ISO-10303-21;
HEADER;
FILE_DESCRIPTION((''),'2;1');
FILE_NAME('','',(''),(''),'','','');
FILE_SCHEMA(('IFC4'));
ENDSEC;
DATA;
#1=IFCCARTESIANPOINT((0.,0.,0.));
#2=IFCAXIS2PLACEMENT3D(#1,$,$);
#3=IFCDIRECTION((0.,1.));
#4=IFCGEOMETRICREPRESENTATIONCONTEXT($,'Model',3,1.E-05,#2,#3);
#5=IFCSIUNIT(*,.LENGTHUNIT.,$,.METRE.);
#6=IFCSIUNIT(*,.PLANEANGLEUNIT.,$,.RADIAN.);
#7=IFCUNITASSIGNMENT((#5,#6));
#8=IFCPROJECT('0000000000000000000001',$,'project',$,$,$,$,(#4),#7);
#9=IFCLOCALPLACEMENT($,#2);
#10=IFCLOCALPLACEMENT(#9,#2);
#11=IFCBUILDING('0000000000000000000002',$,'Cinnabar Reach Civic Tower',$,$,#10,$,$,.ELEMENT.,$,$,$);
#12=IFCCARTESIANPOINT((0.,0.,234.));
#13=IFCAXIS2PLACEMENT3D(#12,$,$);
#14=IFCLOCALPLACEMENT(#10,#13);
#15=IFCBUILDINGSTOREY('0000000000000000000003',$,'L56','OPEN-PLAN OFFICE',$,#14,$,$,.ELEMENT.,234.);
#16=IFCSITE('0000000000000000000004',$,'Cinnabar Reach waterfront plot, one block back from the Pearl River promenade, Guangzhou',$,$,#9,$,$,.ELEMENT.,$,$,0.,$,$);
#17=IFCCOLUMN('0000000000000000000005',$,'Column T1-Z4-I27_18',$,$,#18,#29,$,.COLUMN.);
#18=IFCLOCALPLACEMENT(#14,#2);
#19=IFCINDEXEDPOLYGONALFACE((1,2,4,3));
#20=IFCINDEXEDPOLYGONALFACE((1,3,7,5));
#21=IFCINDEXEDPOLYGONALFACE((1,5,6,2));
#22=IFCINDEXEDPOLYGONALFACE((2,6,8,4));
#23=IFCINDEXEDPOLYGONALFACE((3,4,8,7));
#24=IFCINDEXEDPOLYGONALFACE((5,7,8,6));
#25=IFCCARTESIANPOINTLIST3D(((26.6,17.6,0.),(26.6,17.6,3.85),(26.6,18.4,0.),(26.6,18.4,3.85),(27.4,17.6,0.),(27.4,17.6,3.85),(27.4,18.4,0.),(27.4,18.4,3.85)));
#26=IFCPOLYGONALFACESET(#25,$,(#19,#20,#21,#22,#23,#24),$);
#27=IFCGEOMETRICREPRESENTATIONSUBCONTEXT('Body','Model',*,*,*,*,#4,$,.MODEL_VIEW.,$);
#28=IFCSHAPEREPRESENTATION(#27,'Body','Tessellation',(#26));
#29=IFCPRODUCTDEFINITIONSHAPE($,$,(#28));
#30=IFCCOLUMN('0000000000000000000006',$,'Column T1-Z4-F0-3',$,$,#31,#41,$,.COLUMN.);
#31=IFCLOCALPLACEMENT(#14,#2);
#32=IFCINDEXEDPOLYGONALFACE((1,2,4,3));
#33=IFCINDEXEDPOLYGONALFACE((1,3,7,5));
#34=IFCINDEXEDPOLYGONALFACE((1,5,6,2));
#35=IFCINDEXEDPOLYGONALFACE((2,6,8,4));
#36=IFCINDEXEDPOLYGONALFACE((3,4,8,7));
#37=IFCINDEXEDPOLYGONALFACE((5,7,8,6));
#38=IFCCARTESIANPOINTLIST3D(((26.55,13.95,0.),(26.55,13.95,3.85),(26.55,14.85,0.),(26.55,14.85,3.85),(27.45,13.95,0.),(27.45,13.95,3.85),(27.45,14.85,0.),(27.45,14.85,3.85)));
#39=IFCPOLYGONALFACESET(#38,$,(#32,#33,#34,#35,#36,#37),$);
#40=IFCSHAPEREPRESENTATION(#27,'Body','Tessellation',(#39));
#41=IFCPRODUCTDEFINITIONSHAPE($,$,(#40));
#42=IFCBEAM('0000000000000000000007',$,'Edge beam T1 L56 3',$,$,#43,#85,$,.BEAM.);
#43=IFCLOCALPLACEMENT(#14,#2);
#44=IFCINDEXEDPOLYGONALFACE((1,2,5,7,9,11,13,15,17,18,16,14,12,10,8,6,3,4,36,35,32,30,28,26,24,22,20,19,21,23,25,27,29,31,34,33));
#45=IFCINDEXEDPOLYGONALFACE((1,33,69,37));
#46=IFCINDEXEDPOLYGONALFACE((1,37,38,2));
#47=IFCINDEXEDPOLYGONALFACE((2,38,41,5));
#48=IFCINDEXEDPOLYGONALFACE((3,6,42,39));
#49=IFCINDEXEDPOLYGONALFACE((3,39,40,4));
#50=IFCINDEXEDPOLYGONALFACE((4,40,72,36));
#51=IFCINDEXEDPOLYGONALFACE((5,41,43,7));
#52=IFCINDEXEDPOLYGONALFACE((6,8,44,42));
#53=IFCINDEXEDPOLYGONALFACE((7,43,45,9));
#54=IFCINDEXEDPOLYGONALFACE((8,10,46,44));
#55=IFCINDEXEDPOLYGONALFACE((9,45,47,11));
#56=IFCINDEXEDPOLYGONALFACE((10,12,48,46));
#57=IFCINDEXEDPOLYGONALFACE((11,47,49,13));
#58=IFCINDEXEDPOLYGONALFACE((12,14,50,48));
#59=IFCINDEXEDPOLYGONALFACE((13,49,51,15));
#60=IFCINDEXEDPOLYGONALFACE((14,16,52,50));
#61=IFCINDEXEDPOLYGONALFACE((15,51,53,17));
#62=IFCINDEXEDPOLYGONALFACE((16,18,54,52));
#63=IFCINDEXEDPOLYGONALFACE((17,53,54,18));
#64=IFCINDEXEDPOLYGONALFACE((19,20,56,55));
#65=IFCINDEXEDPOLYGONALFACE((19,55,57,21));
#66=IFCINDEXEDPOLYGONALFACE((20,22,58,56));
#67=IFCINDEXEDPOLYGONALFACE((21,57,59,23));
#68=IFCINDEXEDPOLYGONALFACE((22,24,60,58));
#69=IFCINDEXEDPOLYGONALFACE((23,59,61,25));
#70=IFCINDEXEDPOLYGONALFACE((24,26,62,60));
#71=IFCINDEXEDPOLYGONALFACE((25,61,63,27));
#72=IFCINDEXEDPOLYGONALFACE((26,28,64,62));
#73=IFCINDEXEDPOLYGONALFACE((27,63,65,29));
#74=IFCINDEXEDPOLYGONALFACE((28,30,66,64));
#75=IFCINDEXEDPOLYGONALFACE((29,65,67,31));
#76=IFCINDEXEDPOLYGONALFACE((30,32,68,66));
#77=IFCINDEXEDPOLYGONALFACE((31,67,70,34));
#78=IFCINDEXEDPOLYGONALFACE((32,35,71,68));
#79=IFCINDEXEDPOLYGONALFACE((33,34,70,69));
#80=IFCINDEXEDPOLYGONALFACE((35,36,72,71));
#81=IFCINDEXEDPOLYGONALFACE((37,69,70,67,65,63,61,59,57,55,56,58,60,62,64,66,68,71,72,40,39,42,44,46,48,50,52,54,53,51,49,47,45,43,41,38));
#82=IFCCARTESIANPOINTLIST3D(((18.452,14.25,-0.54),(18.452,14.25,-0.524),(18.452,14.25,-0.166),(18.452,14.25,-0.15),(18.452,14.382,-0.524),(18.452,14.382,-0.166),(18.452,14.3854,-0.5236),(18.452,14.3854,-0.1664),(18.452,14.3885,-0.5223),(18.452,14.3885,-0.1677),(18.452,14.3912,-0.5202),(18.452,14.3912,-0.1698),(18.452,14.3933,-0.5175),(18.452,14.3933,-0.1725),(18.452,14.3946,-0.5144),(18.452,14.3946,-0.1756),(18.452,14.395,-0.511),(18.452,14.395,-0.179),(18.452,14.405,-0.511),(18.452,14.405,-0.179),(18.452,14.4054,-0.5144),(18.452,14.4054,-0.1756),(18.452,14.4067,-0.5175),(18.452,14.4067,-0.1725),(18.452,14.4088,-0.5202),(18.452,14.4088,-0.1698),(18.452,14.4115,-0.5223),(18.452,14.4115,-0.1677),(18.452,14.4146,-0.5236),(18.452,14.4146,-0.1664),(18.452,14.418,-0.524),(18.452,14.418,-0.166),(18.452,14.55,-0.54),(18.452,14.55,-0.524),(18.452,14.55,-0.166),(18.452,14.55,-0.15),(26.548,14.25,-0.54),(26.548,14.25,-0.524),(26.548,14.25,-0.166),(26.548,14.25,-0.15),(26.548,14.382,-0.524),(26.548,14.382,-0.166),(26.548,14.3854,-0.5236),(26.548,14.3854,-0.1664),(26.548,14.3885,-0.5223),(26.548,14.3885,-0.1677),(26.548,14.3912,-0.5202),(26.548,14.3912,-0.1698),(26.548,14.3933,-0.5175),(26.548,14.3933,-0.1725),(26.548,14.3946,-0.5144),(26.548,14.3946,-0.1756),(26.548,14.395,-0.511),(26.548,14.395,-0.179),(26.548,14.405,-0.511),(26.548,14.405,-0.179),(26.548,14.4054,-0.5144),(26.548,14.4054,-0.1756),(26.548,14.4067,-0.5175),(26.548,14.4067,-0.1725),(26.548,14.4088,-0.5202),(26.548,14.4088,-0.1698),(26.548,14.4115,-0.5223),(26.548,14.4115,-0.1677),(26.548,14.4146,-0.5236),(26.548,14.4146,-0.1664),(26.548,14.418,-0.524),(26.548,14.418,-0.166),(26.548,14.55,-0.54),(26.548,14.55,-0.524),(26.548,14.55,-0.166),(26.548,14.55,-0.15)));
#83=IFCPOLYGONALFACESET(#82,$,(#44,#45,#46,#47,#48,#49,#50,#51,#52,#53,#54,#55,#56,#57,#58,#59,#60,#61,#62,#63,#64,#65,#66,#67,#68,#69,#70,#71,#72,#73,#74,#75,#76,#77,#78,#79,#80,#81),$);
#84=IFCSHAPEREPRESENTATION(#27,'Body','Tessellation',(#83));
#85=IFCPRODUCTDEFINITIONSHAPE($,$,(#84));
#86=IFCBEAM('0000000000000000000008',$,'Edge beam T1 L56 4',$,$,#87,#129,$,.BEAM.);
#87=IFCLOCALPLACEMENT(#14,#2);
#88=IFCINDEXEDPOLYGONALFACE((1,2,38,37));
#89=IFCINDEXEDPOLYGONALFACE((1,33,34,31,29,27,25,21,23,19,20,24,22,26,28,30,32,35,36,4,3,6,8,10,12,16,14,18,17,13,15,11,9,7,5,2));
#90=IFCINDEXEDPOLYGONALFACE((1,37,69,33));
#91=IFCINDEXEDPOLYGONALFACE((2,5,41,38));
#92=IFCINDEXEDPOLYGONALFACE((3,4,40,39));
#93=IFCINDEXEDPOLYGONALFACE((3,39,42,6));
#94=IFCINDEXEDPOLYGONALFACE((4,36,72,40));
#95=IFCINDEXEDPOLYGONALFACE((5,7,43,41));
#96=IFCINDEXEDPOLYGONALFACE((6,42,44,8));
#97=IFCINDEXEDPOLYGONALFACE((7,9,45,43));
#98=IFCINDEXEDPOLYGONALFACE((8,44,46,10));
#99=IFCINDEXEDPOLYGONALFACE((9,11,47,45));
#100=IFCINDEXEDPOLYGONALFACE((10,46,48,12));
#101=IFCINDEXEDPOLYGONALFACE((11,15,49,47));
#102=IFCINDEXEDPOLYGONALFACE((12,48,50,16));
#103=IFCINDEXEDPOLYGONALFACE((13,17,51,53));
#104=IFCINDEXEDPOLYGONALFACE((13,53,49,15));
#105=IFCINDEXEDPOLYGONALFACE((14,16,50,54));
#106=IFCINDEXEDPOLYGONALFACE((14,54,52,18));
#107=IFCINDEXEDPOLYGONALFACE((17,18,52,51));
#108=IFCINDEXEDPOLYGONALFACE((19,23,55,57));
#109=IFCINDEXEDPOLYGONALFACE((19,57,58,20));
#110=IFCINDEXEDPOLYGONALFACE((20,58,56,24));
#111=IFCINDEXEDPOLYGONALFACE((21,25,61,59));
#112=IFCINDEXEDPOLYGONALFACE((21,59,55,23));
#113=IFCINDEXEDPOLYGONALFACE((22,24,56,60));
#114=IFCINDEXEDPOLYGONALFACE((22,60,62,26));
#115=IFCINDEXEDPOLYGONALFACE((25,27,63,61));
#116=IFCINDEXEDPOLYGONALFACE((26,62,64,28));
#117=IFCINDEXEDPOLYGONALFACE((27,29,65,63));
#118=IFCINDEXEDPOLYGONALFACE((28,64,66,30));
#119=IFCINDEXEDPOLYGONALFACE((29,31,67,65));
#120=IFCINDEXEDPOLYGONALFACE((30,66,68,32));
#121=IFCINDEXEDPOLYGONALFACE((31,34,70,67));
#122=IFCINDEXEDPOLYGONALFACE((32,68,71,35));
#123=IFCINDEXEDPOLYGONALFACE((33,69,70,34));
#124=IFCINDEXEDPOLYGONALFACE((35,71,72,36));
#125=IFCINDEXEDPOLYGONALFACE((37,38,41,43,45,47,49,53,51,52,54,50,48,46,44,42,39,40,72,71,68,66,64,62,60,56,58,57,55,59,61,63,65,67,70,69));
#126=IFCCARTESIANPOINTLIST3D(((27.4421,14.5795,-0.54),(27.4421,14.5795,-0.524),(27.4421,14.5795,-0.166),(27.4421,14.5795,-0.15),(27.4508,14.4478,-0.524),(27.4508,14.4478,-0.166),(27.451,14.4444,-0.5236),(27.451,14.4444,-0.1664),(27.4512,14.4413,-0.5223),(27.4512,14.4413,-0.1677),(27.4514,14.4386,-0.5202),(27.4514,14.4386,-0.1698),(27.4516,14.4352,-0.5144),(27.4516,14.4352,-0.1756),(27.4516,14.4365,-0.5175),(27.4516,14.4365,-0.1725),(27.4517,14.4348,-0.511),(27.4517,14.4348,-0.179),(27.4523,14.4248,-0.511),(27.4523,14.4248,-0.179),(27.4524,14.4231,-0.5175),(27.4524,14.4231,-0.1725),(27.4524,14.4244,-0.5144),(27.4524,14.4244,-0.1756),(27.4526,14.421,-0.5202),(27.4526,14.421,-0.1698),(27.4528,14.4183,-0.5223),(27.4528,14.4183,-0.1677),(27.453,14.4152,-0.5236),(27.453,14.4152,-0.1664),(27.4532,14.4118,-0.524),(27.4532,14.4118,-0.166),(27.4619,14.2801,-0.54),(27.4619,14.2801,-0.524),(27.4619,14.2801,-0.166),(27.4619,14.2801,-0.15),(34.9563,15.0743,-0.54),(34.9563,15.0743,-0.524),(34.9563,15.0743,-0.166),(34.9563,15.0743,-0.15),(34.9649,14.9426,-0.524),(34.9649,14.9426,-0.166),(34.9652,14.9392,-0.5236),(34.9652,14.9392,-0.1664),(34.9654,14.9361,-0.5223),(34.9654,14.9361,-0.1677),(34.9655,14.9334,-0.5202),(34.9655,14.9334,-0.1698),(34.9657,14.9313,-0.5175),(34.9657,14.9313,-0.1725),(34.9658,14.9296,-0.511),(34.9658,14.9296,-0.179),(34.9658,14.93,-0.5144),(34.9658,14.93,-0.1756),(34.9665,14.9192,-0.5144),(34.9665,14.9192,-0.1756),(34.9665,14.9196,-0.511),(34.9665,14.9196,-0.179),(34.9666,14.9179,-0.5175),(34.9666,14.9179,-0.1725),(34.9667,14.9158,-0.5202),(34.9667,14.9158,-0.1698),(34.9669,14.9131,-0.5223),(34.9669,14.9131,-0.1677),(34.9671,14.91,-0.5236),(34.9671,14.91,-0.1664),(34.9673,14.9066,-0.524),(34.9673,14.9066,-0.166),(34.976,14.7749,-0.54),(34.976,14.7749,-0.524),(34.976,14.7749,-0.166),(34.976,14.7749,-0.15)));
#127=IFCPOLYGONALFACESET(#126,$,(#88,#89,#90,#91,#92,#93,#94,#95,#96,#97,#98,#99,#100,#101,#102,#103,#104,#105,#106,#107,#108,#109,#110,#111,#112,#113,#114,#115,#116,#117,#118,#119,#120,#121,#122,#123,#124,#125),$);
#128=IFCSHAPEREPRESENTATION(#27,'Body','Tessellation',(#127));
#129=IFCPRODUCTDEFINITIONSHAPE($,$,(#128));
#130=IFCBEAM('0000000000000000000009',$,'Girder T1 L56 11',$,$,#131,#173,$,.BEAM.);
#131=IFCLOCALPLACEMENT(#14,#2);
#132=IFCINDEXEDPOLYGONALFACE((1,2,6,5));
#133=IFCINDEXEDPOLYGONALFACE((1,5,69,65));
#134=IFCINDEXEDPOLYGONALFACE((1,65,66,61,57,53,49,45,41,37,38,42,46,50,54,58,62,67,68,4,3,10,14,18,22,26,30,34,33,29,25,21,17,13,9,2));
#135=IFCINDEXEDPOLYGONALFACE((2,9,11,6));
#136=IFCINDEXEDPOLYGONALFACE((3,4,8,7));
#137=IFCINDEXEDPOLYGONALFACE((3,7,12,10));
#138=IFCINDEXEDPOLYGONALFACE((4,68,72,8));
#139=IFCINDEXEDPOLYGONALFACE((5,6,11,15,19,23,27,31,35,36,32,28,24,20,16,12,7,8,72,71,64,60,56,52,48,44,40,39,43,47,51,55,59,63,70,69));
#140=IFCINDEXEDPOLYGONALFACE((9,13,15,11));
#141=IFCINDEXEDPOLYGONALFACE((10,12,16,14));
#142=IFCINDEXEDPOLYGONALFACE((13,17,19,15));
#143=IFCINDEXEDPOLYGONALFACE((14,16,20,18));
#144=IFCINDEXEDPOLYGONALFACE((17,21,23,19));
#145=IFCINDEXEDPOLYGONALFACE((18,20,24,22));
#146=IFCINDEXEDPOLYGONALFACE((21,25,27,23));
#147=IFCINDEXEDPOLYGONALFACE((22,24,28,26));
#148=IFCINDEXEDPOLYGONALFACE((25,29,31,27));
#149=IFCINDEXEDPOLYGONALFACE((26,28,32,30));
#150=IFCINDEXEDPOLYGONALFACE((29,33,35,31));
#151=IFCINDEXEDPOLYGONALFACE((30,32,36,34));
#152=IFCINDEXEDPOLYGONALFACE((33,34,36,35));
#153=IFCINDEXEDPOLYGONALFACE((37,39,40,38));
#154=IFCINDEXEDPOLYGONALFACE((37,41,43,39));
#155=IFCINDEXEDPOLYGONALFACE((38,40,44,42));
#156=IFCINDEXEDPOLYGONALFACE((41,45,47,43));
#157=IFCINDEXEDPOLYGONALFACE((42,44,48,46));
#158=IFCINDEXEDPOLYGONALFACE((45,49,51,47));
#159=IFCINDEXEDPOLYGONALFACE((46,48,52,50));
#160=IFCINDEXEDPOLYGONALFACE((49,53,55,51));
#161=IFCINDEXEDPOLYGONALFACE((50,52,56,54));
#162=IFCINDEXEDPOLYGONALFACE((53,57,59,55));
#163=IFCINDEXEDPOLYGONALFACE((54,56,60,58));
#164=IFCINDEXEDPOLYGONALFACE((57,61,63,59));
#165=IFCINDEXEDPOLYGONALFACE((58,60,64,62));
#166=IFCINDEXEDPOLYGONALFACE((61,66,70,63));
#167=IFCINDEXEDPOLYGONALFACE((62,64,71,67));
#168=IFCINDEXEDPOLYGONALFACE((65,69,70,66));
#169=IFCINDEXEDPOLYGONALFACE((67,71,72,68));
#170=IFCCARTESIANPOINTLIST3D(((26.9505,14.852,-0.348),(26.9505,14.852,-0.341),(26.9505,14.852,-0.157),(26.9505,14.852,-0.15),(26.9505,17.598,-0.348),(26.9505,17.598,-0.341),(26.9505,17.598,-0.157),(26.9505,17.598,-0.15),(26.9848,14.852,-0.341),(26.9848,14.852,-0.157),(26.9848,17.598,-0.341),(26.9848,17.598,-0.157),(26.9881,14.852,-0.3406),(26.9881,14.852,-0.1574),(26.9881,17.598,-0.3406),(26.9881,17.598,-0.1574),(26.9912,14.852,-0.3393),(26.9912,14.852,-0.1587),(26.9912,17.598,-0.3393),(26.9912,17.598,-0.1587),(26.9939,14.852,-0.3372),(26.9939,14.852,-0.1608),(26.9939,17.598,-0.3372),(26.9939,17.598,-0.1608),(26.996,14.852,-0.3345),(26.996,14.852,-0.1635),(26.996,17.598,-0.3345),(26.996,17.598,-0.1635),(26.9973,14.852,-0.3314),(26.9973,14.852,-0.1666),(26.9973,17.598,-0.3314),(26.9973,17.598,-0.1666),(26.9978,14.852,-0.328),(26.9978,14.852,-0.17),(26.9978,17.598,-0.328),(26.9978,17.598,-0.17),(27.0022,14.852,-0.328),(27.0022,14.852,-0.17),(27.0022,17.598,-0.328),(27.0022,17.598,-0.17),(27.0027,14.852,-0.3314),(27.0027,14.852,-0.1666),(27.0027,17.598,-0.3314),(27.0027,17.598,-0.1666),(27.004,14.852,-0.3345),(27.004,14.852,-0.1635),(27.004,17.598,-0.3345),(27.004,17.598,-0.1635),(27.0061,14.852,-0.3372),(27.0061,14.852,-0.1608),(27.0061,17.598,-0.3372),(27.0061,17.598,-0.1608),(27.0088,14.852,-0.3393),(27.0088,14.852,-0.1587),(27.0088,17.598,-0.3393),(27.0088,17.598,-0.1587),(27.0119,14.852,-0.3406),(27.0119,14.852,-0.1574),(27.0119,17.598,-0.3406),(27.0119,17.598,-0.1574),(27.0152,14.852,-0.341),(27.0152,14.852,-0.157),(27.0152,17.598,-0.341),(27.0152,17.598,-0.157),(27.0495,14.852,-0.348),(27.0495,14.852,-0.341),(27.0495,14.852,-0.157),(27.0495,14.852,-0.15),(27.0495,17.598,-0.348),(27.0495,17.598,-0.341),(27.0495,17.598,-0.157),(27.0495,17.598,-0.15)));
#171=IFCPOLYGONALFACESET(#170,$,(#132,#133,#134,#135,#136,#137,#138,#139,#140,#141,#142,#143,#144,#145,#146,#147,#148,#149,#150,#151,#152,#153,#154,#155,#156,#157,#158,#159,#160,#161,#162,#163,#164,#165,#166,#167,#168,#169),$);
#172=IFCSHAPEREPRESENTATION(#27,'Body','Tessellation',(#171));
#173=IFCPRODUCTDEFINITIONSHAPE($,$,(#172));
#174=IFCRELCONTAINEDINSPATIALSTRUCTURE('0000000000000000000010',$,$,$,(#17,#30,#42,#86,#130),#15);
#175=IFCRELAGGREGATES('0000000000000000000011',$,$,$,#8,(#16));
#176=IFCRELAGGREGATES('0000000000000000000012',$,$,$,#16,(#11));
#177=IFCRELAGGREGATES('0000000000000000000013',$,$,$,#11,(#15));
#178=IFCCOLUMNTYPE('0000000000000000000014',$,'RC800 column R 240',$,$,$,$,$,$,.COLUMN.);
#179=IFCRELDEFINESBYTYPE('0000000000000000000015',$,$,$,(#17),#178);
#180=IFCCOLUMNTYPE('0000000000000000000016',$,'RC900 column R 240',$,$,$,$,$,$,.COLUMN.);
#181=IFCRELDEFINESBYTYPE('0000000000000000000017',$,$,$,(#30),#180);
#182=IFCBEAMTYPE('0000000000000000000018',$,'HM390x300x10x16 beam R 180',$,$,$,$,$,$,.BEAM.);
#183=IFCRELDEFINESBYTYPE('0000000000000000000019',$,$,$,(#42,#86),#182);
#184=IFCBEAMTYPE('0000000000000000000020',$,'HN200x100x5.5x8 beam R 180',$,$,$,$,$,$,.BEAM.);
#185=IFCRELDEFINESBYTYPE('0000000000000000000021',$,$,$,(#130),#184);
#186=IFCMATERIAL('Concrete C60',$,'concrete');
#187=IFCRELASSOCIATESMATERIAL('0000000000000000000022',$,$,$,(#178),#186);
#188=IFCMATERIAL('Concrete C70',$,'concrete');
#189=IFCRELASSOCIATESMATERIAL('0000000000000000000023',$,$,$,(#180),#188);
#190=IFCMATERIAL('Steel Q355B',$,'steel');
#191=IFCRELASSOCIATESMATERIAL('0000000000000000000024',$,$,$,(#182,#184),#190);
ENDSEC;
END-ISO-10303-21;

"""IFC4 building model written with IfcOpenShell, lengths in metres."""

from ifc_helpers import new_model, si_unit, direction, frame, origin, origin_2d, place, context, subcontext, project, spatial, rectangle, i_section, extrude, material, material_profile, profile_set, type_object, element, save


model = new_model("IFC4")

# Units and contexts
model_context = context("Model", 3, precision=1e-05, world=origin(), true_north=direction((0.0, 1.0)))
body_context = subcontext(model_context, "Body", "Model", "MODEL_VIEW")
ifc_project = project(units=[si_unit("LENGTHUNIT", "METRE"), si_unit("PLANEANGLEUNIT", "RADIAN")], contexts=[model_context])

# Site, building, storey
site_placement = place(None, origin())
site = spatial("IfcSite", under=ifc_project, at=site_placement, Name="Cinnabar Reach waterfront plot, one block back from the Pearl River promenade, Guangzhou", CompositionType="ELEMENT", RefElevation=0.0)
building_placement = place(site_placement, origin())
building = spatial("IfcBuilding", under=site, at=building_placement, Name="Cinnabar Reach Civic Tower", CompositionType="ELEMENT")
storey_placement = place(building_placement, frame((0.0, 0.0, 234.0)))
storey = spatial("IfcBuildingStorey", under=building, at=storey_placement, Name="L56", Description="OPEN-PLAN OFFICE", CompositionType="ELEMENT", Elevation=234.0)

# Columns
ifc_material_1 = material(Name="Concrete C60", Category="concrete")
ifc_material_profile_1 = material_profile(ifc_material_1, rectangle(XDim=0.8, YDim=0.8, at=origin_2d()), Name="RC800")
ifc_profile_set_1 = profile_set([ifc_material_profile_1], Name="Concrete C60")
column_type_1 = type_object("IfcColumnType", Name="RC800 column R 240", PredefinedType="COLUMN", material=ifc_profile_set_1)
column_1_placement = place(storey_placement, frame((27.0, 18.0, 0.0), z_axis=(0.0, 0.0, 1.0), x_axis=(1.0, 0.0, 0.0)))
element("IfcColumn", 1, at=column_1_placement, inside=storey, type_object=column_type_1, Name="Column T1-Z4-I27_18", PredefinedType="COLUMN", context=body_context, shape_type="SweptSolid", body=[
    extrude(rectangle(XDim=0.8, YDim=0.8, at=origin_2d()), origin(), (0.0, 0.0, 1.0), 3.85),
])
ifc_material_2 = material(Name="Concrete C70", Category="concrete")
ifc_material_profile_2 = material_profile(ifc_material_2, rectangle(XDim=0.9, YDim=0.9, at=origin_2d()), Name="RC900")
ifc_profile_set_2 = profile_set([ifc_material_profile_2], Name="Concrete C70")
column_type_2 = type_object("IfcColumnType", Name="RC900 column R 240", PredefinedType="COLUMN", material=ifc_profile_set_2)
column_2_placement = place(storey_placement, frame((27.0, 14.4, 0.0), z_axis=(0.0, 0.0, 1.0), x_axis=(1.0, 0.0, 0.0)))
element("IfcColumn", 2, at=column_2_placement, inside=storey, type_object=column_type_2, Name="Column T1-Z4-F0-3", PredefinedType="COLUMN", context=body_context, shape_type="SweptSolid", body=[
    extrude(rectangle(XDim=0.9, YDim=0.9, at=origin_2d()), origin(), (0.0, 0.0, 1.0), 3.85),
])

# Beams
ifc_material_3 = material(Name="Steel Q355B", Category="steel")
ifc_material_profile_3 = material_profile(ifc_material_3, i_section(OverallWidth=0.3, OverallDepth=0.39, WebThickness=0.01, FlangeThickness=0.016, FilletRadius=0.013, at=origin_2d()), Name="HM390x300x10x16")
ifc_profile_set_3 = profile_set([ifc_material_profile_3], Name="Steel Q355B")
beam_type_1 = type_object("IfcBeamType", Name="HM390x300x10x16 beam R 180", PredefinedType="BEAM", material=ifc_profile_set_3)
beam_1_placement = place(storey_placement, frame((18.452, 14.4, -0.345), z_axis=(1.0, 0.0, 0.0), x_axis=(0.0, 1.0, 0.0)))
element("IfcBeam", 3, at=beam_1_placement, inside=storey, type_object=beam_type_1, Name="Edge beam T1 L56 3", PredefinedType="BEAM", context=body_context, shape_type="SweptSolid", body=[
    extrude(i_section(OverallWidth=0.3, OverallDepth=0.39, WebThickness=0.01, FlangeThickness=0.016, FilletRadius=0.013, at=origin_2d()), origin(), (0.0, 0.0, 1.0), 8.096),
])
beam_2_placement = place(storey_placement, frame((27.452, 14.4298, -0.345), z_axis=(0.997839, 0.065707, 0.0), x_axis=(-0.065707, 0.997839, 0.0)))
element("IfcBeam", 4, at=beam_2_placement, inside=storey, type_object=beam_type_1, Name="Edge beam T1 L56 4", PredefinedType="BEAM", context=body_context, shape_type="SweptSolid", body=[
    extrude(i_section(OverallWidth=0.3, OverallDepth=0.39, WebThickness=0.01, FlangeThickness=0.016, FilletRadius=0.013, at=origin_2d()), origin(), (0.0, 0.0, 1.0), 7.5304),
])
ifc_material_profile_4 = material_profile(ifc_material_3, i_section(OverallWidth=0.099, OverallDepth=0.198, WebThickness=0.0045, FlangeThickness=0.007, FilletRadius=0.013, at=origin_2d()), Name="HN200x100x5.5x8")
ifc_profile_set_4 = profile_set([ifc_material_profile_4], Name="Steel Q355B")
beam_type_2 = type_object("IfcBeamType", Name="HN200x100x5.5x8 beam R 180", PredefinedType="BEAM", material=ifc_profile_set_4)
beam_3_placement = place(storey_placement, frame((27.0, 14.852, -0.249), z_axis=(0.0, 1.0, 0.0), x_axis=(-1.0, 0.0, 0.0)))
element("IfcBeam", 5, at=beam_3_placement, inside=storey, type_object=beam_type_2, Name="Girder T1 L56 11", PredefinedType="BEAM", context=body_context, shape_type="SweptSolid", body=[
    extrude(i_section(OverallWidth=0.099, OverallDepth=0.198, WebThickness=0.0045, FlangeThickness=0.007, FilletRadius=0.013, at=origin_2d()), origin(), (0.0, 0.0, 1.0), 2.746),
])

save(model, "model.ifc")
